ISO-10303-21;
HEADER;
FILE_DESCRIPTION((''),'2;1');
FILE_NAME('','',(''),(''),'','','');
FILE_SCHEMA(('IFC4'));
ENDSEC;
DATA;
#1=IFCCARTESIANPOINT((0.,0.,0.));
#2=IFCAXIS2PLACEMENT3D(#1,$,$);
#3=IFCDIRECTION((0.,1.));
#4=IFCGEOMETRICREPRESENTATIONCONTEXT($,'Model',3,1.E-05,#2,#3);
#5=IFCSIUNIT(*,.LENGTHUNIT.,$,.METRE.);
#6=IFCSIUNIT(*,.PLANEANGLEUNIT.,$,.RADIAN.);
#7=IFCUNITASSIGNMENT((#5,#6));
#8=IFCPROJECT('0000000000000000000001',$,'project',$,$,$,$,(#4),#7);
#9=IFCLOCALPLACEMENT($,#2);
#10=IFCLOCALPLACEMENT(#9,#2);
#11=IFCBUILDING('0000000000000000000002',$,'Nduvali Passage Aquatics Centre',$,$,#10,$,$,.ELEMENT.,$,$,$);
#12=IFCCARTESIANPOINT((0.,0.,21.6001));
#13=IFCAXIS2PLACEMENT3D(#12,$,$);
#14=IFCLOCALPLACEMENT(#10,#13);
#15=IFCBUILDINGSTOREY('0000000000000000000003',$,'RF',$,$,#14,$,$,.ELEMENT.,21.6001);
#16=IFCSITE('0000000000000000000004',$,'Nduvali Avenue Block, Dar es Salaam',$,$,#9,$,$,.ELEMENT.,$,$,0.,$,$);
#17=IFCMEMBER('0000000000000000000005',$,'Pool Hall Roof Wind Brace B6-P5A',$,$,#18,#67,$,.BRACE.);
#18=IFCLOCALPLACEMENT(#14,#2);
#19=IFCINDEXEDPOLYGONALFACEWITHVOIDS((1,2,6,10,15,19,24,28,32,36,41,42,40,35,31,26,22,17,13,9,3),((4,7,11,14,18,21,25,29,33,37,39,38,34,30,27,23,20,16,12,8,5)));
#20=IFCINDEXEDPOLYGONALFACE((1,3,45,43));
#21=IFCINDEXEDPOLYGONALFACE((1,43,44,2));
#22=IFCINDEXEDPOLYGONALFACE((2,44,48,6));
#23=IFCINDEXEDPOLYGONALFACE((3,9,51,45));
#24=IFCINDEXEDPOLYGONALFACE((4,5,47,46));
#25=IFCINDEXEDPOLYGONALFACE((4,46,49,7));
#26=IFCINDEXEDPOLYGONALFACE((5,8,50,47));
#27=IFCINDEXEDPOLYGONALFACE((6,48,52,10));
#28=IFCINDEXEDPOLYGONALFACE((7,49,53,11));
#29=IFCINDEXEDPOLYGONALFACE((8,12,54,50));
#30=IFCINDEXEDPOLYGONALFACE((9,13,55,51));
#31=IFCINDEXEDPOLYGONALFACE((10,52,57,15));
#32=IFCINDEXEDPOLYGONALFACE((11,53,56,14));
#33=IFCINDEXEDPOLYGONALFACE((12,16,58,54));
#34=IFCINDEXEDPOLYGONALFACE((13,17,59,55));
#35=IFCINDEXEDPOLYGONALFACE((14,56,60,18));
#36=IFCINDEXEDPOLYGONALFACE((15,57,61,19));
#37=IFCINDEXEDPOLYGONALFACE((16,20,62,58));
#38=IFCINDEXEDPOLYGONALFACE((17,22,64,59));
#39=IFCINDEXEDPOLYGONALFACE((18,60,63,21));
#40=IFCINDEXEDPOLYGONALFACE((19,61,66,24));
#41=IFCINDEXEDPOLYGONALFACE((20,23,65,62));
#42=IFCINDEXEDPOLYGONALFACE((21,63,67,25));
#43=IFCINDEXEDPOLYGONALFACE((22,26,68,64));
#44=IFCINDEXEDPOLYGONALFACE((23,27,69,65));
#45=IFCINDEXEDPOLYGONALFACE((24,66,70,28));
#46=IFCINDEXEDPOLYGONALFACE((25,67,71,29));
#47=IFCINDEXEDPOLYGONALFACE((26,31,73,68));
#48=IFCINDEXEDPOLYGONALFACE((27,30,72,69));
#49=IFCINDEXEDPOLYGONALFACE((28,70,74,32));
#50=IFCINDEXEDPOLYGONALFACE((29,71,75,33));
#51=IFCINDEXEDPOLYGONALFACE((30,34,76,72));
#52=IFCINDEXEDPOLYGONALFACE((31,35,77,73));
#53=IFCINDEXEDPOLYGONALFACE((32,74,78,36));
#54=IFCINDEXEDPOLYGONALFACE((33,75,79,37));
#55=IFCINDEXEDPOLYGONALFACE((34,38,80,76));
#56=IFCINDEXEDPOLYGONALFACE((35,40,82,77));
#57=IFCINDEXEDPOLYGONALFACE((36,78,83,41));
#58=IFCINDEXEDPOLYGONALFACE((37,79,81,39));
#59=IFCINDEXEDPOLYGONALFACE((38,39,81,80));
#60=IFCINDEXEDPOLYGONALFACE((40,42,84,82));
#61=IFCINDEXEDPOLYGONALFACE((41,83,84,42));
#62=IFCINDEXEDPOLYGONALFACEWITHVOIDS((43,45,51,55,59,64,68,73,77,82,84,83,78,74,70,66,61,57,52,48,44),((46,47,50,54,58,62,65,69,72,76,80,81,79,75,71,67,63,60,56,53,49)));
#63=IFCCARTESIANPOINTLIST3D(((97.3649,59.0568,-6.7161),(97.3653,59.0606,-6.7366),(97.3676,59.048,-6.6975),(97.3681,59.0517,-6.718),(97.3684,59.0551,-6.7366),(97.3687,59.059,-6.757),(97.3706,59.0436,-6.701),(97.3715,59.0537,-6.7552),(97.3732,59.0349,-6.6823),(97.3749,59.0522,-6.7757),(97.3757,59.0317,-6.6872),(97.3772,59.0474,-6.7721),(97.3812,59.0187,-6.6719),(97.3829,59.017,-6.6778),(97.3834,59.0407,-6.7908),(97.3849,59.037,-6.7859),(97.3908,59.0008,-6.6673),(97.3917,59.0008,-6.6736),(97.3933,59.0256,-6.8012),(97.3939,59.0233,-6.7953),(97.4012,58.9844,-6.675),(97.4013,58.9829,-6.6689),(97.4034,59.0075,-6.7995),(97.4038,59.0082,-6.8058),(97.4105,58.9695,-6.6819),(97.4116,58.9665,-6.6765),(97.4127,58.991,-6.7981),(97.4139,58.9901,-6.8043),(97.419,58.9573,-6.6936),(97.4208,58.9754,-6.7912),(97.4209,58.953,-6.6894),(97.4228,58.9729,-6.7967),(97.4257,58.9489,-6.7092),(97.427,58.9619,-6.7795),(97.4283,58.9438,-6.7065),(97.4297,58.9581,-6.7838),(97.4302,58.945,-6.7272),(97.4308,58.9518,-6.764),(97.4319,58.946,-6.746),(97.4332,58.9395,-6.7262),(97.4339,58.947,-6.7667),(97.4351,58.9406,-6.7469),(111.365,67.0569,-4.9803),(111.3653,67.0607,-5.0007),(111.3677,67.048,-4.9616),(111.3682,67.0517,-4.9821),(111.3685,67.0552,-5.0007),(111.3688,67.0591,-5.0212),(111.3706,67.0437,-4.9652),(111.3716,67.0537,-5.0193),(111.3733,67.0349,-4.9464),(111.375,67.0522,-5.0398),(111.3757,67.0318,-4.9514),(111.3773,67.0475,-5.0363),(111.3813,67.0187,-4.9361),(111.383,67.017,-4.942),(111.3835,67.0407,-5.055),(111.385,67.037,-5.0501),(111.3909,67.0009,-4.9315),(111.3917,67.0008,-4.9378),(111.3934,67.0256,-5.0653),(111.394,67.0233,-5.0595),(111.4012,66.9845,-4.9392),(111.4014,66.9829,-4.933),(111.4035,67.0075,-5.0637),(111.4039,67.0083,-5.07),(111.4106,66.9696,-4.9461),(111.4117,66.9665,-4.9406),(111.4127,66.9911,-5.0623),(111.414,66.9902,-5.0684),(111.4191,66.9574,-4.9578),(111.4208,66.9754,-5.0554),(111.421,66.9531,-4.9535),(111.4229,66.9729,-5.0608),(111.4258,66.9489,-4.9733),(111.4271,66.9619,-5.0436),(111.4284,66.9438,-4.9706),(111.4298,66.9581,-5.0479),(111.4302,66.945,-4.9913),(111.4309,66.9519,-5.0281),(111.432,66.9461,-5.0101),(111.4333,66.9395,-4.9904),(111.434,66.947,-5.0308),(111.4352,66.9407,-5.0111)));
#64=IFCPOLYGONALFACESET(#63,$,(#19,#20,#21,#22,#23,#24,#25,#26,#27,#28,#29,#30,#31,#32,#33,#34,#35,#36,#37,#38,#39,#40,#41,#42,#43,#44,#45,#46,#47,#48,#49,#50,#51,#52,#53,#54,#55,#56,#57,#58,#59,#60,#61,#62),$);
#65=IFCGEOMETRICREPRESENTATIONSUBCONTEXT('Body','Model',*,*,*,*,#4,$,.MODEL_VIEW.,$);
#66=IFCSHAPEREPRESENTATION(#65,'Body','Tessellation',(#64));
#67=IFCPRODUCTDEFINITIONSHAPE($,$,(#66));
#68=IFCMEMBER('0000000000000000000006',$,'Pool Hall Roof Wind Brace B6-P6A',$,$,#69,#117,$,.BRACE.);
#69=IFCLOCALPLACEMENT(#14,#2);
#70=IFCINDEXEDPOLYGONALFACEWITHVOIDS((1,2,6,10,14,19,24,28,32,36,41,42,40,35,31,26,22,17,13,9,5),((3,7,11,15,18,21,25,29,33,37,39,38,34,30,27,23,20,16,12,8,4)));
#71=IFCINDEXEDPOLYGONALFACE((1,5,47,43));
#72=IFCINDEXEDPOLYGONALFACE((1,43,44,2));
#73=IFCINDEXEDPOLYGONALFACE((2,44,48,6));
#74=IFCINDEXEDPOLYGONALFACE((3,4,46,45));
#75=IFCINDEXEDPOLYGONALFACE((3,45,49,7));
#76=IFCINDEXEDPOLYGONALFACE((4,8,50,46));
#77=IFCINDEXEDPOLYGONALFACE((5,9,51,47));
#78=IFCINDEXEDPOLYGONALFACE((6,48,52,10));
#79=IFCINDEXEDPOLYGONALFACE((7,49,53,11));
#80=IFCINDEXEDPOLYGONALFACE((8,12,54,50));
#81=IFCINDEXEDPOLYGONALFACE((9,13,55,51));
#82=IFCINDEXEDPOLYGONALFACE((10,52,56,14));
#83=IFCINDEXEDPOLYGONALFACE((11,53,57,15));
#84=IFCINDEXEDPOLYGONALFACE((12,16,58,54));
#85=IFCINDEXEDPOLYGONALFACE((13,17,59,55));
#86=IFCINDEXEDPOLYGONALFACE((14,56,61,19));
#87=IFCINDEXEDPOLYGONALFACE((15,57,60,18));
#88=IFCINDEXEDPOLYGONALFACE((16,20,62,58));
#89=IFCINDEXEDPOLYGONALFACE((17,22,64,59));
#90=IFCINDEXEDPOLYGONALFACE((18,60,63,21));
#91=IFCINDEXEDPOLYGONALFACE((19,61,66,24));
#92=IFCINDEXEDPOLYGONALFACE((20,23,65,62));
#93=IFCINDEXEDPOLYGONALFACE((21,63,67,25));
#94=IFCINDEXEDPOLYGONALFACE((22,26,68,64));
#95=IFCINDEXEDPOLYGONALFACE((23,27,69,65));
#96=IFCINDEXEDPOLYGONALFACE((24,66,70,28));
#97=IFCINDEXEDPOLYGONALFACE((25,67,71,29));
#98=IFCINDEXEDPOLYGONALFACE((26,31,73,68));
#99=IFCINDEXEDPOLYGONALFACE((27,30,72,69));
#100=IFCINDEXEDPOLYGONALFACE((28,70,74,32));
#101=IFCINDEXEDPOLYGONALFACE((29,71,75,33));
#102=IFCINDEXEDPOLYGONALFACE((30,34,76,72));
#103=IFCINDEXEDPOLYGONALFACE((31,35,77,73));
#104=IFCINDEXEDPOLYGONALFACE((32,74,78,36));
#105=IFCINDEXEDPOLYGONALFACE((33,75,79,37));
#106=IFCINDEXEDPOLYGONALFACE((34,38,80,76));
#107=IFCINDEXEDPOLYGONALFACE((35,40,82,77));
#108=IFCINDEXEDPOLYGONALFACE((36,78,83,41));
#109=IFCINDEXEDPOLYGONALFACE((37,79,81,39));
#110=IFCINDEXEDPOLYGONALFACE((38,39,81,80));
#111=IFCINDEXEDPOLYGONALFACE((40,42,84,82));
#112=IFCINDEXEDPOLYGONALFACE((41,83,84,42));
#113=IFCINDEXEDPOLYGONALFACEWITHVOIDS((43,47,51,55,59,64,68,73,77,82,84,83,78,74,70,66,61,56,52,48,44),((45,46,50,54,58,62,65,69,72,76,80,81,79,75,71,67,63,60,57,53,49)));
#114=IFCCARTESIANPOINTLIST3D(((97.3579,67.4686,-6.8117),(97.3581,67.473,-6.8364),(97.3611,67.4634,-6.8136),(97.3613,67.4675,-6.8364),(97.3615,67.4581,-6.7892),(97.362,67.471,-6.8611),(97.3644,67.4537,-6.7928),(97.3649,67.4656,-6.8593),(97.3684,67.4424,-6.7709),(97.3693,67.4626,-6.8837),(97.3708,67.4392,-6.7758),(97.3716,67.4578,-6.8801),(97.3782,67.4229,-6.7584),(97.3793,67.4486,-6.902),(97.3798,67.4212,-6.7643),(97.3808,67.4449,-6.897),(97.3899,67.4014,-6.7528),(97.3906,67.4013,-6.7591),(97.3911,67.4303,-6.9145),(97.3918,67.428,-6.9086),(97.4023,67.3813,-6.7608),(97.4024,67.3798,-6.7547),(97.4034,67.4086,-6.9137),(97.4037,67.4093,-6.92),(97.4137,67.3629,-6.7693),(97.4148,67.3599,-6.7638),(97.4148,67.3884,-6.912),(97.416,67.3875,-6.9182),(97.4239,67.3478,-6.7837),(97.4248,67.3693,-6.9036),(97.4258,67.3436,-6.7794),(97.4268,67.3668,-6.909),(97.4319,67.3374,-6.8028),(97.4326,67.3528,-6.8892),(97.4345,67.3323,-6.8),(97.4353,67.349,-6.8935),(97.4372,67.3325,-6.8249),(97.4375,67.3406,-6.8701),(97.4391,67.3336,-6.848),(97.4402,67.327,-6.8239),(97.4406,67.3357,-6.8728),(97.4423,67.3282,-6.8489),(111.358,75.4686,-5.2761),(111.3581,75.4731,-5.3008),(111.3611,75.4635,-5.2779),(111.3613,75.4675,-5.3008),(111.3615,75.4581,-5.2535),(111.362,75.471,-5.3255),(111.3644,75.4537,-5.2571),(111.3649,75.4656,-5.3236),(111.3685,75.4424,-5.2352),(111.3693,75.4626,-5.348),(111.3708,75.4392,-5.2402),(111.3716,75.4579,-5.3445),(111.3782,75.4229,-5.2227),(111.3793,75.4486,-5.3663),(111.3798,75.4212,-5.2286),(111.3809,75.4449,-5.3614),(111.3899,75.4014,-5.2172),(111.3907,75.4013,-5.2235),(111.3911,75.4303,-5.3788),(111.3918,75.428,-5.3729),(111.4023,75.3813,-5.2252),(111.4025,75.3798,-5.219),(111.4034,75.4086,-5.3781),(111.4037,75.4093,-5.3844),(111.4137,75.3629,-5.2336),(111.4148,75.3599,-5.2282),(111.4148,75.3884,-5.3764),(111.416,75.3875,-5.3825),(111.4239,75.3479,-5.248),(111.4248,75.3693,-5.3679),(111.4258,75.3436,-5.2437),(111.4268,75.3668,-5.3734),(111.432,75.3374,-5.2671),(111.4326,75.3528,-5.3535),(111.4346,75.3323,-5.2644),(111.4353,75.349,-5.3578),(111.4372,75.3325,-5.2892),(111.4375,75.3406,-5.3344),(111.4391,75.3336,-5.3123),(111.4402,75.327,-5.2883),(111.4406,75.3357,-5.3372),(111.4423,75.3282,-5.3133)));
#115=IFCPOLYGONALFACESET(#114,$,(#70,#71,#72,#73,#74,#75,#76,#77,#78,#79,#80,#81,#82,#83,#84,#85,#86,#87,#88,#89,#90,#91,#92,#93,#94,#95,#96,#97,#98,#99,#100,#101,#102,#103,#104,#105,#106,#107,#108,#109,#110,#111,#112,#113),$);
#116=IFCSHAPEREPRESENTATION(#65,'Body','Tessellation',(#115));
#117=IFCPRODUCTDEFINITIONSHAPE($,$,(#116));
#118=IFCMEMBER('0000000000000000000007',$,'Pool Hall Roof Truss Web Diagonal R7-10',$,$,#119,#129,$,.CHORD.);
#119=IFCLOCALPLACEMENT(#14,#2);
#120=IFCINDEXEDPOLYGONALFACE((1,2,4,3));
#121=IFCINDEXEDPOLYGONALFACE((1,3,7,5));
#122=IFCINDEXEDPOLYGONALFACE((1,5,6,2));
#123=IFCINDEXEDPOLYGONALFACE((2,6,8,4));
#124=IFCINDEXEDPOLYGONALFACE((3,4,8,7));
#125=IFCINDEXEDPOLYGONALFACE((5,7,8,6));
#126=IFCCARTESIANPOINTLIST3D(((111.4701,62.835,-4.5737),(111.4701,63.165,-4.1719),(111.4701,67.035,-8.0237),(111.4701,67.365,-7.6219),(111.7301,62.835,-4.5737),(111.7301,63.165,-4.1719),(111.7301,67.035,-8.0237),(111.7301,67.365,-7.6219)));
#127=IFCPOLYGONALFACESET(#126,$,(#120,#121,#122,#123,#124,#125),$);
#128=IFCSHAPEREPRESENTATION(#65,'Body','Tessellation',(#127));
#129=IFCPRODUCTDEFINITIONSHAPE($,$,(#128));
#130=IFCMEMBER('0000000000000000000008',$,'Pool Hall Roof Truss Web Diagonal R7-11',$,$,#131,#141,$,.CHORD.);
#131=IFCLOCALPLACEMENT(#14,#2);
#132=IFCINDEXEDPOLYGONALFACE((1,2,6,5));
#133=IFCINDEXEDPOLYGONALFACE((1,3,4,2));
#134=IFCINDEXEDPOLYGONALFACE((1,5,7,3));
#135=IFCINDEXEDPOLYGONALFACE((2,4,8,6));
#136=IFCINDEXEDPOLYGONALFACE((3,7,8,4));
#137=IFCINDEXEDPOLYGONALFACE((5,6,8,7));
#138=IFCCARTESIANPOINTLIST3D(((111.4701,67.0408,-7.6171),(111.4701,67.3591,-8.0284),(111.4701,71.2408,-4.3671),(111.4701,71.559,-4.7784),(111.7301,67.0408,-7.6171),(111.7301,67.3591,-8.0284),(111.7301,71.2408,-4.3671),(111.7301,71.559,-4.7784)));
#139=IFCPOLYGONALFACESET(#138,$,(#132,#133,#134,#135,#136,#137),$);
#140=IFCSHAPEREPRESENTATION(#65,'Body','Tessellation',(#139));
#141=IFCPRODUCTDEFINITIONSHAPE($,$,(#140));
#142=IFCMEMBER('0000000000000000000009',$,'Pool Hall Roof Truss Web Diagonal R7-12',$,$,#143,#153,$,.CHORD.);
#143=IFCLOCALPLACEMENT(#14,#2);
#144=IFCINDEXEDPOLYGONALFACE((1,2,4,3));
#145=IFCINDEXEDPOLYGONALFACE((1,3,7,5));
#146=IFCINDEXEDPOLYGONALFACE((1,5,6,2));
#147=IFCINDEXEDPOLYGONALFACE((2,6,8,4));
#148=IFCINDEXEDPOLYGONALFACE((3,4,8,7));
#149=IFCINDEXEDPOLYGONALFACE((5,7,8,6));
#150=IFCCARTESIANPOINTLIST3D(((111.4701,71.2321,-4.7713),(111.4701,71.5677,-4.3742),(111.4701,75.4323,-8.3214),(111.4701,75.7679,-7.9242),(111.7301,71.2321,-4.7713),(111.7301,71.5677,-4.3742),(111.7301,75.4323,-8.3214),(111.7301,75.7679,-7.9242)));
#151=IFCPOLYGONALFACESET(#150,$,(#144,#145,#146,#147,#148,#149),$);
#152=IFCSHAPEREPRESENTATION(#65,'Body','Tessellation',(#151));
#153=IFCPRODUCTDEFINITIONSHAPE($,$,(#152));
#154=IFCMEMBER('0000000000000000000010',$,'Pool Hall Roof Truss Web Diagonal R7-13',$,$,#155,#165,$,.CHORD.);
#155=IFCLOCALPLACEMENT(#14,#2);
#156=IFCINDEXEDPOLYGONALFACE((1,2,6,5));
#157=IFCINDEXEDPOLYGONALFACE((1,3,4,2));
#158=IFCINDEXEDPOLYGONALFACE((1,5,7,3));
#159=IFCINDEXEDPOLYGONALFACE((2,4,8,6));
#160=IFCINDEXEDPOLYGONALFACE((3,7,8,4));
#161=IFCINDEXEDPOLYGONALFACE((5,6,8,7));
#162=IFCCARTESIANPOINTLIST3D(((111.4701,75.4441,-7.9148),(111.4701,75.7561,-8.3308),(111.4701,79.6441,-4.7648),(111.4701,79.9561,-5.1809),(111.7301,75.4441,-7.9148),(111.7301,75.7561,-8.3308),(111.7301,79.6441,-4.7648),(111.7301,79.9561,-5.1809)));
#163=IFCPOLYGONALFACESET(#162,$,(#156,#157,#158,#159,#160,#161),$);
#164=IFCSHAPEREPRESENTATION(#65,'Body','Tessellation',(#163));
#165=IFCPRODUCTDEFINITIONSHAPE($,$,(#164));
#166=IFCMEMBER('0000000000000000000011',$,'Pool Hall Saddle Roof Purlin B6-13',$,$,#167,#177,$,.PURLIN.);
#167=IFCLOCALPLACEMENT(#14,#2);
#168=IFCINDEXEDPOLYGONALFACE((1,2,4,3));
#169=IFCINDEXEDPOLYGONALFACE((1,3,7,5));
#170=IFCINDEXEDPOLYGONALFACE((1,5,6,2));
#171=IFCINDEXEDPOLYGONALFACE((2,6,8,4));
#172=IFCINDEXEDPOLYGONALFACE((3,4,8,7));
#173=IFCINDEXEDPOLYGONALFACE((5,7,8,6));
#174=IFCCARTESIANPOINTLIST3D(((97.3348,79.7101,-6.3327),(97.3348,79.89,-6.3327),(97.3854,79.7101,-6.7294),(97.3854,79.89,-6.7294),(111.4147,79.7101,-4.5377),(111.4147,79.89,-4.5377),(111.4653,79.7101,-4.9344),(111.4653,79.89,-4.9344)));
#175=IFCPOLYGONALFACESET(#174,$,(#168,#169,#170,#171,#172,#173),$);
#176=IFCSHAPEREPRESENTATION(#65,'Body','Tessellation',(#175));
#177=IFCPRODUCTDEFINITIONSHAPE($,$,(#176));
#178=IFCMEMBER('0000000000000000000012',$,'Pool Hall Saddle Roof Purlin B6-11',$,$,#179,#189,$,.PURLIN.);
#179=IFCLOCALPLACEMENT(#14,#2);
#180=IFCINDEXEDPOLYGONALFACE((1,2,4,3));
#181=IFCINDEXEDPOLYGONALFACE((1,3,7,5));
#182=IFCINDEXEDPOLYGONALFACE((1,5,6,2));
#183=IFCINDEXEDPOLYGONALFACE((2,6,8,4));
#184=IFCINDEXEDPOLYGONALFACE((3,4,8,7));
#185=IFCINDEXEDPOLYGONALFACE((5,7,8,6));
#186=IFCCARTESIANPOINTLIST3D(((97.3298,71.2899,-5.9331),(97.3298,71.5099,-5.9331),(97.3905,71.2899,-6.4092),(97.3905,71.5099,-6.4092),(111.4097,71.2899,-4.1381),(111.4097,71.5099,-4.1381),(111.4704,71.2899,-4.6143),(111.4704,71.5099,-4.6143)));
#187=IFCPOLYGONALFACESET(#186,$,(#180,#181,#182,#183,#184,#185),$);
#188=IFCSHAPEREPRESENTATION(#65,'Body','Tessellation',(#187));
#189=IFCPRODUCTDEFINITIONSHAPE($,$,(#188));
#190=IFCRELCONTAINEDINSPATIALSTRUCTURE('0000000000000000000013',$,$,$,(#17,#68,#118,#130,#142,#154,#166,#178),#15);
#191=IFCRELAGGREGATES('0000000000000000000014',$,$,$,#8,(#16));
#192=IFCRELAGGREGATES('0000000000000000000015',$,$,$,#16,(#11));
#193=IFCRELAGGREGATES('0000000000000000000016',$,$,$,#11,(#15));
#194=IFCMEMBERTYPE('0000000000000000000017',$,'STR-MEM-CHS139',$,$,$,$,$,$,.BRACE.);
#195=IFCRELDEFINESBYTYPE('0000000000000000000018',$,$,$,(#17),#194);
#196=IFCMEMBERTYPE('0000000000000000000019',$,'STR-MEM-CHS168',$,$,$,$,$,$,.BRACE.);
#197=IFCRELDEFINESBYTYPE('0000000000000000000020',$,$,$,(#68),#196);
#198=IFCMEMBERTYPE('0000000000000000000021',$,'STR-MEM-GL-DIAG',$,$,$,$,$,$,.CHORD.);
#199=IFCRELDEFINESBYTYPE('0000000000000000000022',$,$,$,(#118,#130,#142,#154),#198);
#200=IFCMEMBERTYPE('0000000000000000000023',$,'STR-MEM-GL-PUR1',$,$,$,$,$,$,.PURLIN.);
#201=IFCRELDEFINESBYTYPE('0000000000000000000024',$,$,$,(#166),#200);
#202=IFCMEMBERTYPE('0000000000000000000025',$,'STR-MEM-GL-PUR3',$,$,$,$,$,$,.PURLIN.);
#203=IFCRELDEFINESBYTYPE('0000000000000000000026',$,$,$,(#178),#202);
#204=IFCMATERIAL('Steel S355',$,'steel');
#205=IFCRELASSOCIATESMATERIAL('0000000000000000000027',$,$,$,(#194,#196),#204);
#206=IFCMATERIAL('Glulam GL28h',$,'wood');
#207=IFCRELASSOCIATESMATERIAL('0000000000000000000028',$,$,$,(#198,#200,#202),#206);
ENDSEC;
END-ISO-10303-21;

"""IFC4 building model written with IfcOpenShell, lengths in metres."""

from ifc_helpers import new_model, si_unit, direction, frame, origin, origin_2d, place, context, subcontext, project, spatial, rectangle, hollow_circle, extrude, material, material_profile, profile_set, type_object, element, save


model = new_model("IFC4")

# Units and contexts
model_context = context("Model", 3, precision=1e-05, world=origin(), true_north=direction((0.0, 1.0)))
body_context = subcontext(model_context, "Body", "Model", "MODEL_VIEW")
ifc_project = project(units=[si_unit("LENGTHUNIT", "METRE"), si_unit("PLANEANGLEUNIT", "RADIAN")], contexts=[model_context])

# Site, building, storey
site_placement = place(None, origin())
site = spatial("IfcSite", under=ifc_project, at=site_placement, Name="Nduvali Avenue Block, Dar es Salaam", CompositionType="ELEMENT", RefElevation=0.0)
building_placement = place(site_placement, origin())
building = spatial("IfcBuilding", under=site, at=building_placement, Name="Nduvali Passage Aquatics Centre", CompositionType="ELEMENT")
storey_placement = place(building_placement, frame((0.0, 0.0, 21.6001)))
storey = spatial("IfcBuildingStorey", under=building, at=storey_placement, Name="RF", CompositionType="ELEMENT", Elevation=21.6001)

# Members
ifc_material_1 = material(Name="Steel S355", Category="steel")
ifc_material_profile_1 = material_profile(ifc_material_1, hollow_circle(Radius=0.0698, WallThickness=0.0063, at=origin_2d()), Name="CHS 139.7x6.3")
ifc_profile_set_1 = profile_set([ifc_material_profile_1], Name="Steel S355")
member_type_1 = type_object("IfcMemberType", Name="STR-MEM-CHS139", PredefinedType="BRACE", material=ifc_profile_set_1)
member_1_placement = place(storey_placement, frame((97.3999, 59.0, -6.7366), z_axis=(0.863255, 0.493289, 0.107034), x_axis=(-0.496139, 0.868243, 0.0)))
element("IfcMember", 1, at=member_1_placement, inside=storey, type_object=member_type_1, Name="Pool Hall Roof Wind Brace B6-P5A", PredefinedType="BRACE", context=body_context, shape_type="SweptSolid", body=[
    extrude(hollow_circle(Radius=0.0698, WallThickness=0.0063, at=origin_2d()), origin(), (0.0, 0.0, 1.0), 16.2178),
])
ifc_material_profile_2 = material_profile(ifc_material_1, hollow_circle(Radius=0.0842, WallThickness=0.0063, at=origin_2d()), Name="CHS 168.3x6.3")
ifc_profile_set_2 = profile_set([ifc_material_profile_2], Name="Steel S355")
member_type_2 = type_object("IfcMemberType", Name="STR-MEM-CHS168", PredefinedType="BRACE", material=ifc_profile_set_2)
member_2_placement = place(storey_placement, frame((97.3999, 67.3999, -6.8364), z_axis=(0.864332, 0.493904, 0.094808), x_axis=(-0.496139, 0.868243, 0.0)))
element("IfcMember", 2, at=member_2_placement, inside=storey, type_object=member_type_2, Name="Pool Hall Roof Wind Brace B6-P6A", PredefinedType="BRACE", context=body_context, shape_type="SweptSolid", body=[
    extrude(hollow_circle(Radius=0.0842, WallThickness=0.0063, at=origin_2d()), origin(), (0.0, 0.0, 1.0), 16.1975),
])
ifc_material_2 = material(Name="Glulam GL28h", Category="wood")
ifc_material_profile_3 = material_profile(ifc_material_2, rectangle(XDim=0.26, YDim=0.52, at=origin_2d()), Name="GL28h 260x520")
ifc_profile_set_3 = profile_set([ifc_material_profile_3], Name="Glulam GL28h")
member_type_3 = type_object("IfcMemberType", Name="STR-MEM-GL-DIAG", PredefinedType="CHORD", material=ifc_profile_set_3)
member_3_placement = place(storey_placement, frame((111.6001, 63.0, -4.3728), z_axis=(0.0, 0.772727, -0.634738), x_axis=(-1.0, 0.0, 0.0)))
element("IfcMember", 3, at=member_3_placement, inside=storey, type_object=member_type_3, Name="Pool Hall Roof Truss Web Diagonal R7-10", PredefinedType="CHORD", context=body_context, shape_type="SweptSolid", body=[
    extrude(rectangle(XDim=0.26, YDim=0.52, at=origin_2d()), origin(), (0.0, 0.0, 1.0), 5.4353),
])
member_4_placement = place(storey_placement, frame((111.6001, 67.2, -7.8228), z_axis=(0.0, 0.790867, 0.611988), x_axis=(-1.0, 0.0, 0.0)))
element("IfcMember", 4, at=member_4_placement, inside=storey, type_object=member_type_3, Name="Pool Hall Roof Truss Web Diagonal R7-11", PredefinedType="CHORD", context=body_context, shape_type="SweptSolid", body=[
    extrude(rectangle(XDim=0.26, YDim=0.52, at=origin_2d()), origin(), (0.0, 0.0, 1.0), 5.3105),
])
member_5_placement = place(storey_placement, frame((111.6001, 71.3999, -4.5728), z_axis=(0.0, 0.763741, -0.645522), x_axis=(-1.0, 0.0, 0.0)))
element("IfcMember", 5, at=member_5_placement, inside=storey, type_object=member_type_3, Name="Pool Hall Roof Truss Web Diagonal R7-12", PredefinedType="CHORD", context=body_context, shape_type="SweptSolid", body=[
    extrude(rectangle(XDim=0.26, YDim=0.52, at=origin_2d()), origin(), (0.0, 0.0, 1.0), 5.4995),
])
member_6_placement = place(storey_placement, frame((111.6001, 75.6001, -8.1228), z_axis=(0.0, 0.800006, 0.599993), x_axis=(-1.0, 0.0, 0.0)))
element("IfcMember", 6, at=member_6_placement, inside=storey, type_object=member_type_3, Name="Pool Hall Roof Truss Web Diagonal R7-13", PredefinedType="CHORD", context=body_context, shape_type="SweptSolid", body=[
    extrude(rectangle(XDim=0.26, YDim=0.52, at=origin_2d()), origin(), (0.0, 0.0, 1.0), 5.25),
])
ifc_material_profile_4 = material_profile(ifc_material_2, rectangle(XDim=0.1799, YDim=0.3999, at=origin_2d()), Name="GL28h 180x400")
ifc_profile_set_4 = profile_set([ifc_material_profile_4], Name="Glulam GL28h")
member_type_4 = type_object("IfcMemberType", Name="STR-MEM-GL-PUR1", PredefinedType="PURLIN", material=ifc_profile_set_4)
member_7_placement = place(storey_placement, frame((97.3601, 79.8, -6.531), z_axis=(0.991972, 0.0, 0.126458), x_axis=(0.0, 1.0, 0.0)))
element("IfcMember", 7, at=member_7_placement, inside=storey, type_object=member_type_4, Name="Pool Hall Saddle Roof Purlin B6-13", PredefinedType="PURLIN", context=body_context, shape_type="SweptSolid", body=[
    extrude(rectangle(XDim=0.1799, YDim=0.3999, at=origin_2d()), origin(), (0.0, 0.0, 1.0), 14.1938),
])
ifc_material_profile_5 = material_profile(ifc_material_2, rectangle(XDim=0.22, YDim=0.48, at=origin_2d()), Name="GL28h 220x480")
ifc_profile_set_5 = profile_set([ifc_material_profile_5], Name="Glulam GL28h")
member_type_5 = type_object("IfcMemberType", Name="STR-MEM-GL-PUR3", PredefinedType="PURLIN", material=ifc_profile_set_5)
member_8_placement = place(storey_placement, frame((97.3601, 71.3999, -6.1711), z_axis=(0.991972, 0.0, 0.126458), x_axis=(0.0, 1.0, 0.0)))
element("IfcMember", 8, at=member_8_placement, inside=storey, type_object=member_type_5, Name="Pool Hall Saddle Roof Purlin B6-11", PredefinedType="PURLIN", context=body_context, shape_type="SweptSolid", body=[
    extrude(rectangle(XDim=0.22, YDim=0.48, at=origin_2d()), origin(), (0.0, 0.0, 1.0), 14.1938),
])

save(model, "model.ifc")
